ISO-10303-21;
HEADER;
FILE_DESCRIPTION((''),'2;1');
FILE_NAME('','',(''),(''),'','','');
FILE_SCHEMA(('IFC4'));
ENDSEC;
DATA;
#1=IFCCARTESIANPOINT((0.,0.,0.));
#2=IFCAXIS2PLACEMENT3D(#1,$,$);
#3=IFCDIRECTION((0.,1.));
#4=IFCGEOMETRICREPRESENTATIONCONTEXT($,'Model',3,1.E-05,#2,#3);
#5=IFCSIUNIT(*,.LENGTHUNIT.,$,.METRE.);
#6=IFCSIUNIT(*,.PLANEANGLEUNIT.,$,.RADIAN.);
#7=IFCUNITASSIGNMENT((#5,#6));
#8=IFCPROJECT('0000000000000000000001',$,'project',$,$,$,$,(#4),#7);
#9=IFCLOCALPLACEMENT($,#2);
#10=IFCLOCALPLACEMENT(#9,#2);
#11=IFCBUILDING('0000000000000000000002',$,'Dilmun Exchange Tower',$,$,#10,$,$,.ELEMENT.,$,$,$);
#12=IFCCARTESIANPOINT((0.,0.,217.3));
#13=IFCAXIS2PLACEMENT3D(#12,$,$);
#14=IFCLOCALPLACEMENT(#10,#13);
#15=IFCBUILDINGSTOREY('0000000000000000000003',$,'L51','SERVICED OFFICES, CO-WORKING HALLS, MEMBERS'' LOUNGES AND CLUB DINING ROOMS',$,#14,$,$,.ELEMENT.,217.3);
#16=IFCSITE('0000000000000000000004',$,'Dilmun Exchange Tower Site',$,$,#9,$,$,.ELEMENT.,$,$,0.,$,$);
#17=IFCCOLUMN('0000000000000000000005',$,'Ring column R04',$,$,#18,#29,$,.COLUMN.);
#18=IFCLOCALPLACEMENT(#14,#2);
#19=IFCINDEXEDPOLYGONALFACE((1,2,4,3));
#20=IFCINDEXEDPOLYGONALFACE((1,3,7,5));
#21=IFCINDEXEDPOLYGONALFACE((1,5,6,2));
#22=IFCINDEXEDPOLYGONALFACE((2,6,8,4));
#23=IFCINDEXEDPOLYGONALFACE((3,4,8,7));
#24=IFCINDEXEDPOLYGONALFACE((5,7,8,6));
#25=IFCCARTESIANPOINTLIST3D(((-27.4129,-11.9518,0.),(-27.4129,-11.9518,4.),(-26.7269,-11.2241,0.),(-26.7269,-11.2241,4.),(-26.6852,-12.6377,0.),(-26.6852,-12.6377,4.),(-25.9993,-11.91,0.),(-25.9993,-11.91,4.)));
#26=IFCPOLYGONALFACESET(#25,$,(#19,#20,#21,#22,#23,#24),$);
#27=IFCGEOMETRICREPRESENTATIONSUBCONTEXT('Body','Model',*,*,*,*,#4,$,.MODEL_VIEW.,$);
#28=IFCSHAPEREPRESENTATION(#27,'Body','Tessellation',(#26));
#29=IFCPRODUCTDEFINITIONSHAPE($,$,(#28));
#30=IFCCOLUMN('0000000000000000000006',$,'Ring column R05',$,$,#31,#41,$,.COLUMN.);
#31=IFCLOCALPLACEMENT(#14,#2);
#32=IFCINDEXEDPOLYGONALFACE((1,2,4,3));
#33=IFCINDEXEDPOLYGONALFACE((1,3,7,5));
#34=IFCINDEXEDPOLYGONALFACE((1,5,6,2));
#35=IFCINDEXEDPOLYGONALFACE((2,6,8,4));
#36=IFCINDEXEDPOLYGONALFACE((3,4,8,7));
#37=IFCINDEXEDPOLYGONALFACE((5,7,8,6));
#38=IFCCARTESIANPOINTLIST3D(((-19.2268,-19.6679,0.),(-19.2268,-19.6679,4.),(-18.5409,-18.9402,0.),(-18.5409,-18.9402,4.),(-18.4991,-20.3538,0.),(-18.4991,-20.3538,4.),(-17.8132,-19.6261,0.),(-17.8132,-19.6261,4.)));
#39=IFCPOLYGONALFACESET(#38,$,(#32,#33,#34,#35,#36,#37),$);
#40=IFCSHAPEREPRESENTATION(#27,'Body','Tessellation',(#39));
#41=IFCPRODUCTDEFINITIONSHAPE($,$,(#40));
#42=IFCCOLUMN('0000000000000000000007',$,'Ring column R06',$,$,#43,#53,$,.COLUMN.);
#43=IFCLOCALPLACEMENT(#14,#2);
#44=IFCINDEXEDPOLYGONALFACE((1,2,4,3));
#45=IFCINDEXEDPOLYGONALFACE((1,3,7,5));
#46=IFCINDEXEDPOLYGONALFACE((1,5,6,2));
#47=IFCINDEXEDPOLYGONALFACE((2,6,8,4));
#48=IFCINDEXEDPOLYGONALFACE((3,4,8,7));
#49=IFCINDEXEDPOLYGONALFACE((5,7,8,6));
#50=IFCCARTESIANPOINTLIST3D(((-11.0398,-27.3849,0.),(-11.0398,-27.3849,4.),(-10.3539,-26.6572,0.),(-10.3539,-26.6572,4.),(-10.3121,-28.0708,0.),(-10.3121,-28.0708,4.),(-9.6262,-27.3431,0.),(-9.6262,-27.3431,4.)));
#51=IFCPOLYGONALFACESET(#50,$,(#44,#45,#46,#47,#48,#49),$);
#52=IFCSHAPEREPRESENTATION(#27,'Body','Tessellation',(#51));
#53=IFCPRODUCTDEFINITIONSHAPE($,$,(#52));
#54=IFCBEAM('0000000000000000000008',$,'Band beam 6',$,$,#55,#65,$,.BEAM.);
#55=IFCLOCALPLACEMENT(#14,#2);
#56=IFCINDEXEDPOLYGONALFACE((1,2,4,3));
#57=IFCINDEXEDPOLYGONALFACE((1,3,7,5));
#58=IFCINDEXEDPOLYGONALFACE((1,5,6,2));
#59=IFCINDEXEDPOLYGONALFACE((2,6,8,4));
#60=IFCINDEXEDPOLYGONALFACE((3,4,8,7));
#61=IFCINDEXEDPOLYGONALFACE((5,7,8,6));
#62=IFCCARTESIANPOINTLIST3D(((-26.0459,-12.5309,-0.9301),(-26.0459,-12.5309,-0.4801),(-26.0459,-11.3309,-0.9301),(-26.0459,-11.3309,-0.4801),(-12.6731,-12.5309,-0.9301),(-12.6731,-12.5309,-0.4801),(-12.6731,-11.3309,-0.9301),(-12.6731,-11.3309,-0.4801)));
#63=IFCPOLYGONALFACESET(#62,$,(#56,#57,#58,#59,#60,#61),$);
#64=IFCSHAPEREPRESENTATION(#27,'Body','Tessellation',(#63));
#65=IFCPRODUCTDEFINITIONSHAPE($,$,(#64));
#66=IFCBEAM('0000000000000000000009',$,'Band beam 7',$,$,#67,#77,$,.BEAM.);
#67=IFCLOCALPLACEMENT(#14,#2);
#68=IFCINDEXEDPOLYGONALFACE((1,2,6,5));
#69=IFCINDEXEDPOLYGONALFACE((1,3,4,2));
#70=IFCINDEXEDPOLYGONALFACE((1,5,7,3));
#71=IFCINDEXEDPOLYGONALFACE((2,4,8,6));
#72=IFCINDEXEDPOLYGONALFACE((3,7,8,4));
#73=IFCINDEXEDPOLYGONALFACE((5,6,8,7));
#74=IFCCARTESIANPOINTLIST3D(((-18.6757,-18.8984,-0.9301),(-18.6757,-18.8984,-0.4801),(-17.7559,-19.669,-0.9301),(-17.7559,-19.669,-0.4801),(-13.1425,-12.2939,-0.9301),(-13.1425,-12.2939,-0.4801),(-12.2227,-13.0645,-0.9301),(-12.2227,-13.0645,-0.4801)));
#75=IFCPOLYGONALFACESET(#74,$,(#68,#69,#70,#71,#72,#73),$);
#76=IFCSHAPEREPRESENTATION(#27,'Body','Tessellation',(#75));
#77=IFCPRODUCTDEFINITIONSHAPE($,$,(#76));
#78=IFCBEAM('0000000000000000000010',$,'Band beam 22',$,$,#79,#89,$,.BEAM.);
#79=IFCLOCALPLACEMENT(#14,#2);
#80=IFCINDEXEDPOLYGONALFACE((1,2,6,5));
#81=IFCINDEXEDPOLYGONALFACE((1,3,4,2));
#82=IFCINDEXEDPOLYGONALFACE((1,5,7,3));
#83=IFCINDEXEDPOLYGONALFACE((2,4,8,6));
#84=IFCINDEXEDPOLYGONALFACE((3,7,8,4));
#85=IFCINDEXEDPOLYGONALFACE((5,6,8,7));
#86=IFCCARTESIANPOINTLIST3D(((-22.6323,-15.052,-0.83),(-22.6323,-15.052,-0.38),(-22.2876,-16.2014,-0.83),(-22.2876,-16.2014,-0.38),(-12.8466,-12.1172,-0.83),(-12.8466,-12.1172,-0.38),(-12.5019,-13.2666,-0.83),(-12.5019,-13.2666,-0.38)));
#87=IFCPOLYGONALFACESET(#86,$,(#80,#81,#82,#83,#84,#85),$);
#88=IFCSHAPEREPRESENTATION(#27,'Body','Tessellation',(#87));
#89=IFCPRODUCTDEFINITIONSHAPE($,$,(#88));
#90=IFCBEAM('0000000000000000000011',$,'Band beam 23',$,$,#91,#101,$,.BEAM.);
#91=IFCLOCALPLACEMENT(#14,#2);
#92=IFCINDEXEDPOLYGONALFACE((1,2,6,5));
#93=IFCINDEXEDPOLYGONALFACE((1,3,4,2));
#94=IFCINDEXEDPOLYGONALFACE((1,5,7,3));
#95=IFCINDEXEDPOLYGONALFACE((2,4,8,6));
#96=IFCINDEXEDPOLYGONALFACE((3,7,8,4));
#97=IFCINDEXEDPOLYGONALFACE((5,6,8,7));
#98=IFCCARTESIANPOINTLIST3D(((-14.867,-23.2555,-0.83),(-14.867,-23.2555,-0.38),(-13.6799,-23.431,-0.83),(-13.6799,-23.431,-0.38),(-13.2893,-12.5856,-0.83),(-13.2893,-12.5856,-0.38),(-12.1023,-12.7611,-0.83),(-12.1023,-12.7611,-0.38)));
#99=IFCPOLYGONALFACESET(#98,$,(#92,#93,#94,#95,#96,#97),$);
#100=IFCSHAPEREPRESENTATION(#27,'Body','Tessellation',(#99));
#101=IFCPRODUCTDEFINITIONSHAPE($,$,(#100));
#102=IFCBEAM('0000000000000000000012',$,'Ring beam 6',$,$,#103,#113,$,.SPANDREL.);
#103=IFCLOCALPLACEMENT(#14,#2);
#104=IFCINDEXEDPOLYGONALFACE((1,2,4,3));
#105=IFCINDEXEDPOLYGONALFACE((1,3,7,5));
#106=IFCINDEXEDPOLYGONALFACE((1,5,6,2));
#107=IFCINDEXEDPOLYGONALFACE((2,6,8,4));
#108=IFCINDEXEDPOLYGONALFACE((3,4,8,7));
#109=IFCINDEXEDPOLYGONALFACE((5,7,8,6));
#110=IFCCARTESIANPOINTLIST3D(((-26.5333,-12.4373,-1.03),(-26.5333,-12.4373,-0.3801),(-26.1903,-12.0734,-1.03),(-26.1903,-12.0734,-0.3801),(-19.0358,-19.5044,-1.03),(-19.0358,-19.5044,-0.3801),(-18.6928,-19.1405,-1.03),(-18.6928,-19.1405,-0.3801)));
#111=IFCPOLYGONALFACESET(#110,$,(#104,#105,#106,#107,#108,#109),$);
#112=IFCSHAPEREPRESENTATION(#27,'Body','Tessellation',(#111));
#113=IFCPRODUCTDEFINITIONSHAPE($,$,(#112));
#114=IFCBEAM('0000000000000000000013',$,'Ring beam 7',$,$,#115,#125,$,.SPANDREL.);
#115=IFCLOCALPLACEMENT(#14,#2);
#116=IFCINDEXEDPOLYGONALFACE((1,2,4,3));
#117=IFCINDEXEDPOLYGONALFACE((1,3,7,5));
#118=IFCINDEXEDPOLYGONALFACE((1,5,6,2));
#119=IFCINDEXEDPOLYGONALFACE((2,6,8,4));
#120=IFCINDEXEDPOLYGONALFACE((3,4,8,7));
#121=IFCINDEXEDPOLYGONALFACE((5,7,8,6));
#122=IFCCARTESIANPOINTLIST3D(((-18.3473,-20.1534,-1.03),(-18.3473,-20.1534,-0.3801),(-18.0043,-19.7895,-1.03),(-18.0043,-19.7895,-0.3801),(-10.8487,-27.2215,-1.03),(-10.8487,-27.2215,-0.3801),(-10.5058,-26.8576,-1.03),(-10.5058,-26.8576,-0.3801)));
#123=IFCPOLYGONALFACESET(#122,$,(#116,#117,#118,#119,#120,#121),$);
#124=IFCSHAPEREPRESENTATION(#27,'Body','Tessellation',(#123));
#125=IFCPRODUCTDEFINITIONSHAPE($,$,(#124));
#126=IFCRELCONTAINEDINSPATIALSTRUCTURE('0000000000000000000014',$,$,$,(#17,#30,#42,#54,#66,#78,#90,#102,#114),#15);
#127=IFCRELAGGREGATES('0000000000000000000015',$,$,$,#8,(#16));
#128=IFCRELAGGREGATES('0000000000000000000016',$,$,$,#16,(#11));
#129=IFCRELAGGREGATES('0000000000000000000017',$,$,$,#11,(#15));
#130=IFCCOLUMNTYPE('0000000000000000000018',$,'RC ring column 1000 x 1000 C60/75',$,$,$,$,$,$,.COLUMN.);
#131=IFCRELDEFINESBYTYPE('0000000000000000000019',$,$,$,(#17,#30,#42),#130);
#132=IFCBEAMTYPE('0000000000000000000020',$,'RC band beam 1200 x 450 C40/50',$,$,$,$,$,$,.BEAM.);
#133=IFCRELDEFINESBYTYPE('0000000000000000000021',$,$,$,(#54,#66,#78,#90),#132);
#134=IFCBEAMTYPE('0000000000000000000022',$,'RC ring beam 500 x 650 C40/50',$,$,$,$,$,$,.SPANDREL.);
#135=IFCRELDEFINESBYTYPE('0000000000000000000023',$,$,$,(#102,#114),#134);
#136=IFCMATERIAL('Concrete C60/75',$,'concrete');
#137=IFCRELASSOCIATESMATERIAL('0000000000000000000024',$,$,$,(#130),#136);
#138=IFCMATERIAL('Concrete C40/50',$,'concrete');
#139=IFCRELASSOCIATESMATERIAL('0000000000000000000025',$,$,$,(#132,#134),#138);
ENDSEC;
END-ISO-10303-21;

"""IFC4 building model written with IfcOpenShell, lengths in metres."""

from ifc_helpers import new_model, si_unit, direction, frame, origin, origin_2d, place, context, subcontext, project, spatial, rectangle, extrude, material, material_profile, profile_set, type_object, element, save


model = new_model("IFC4")

# Units and contexts
model_context = context("Model", 3, precision=1e-05, world=origin(), true_north=direction((0.0, 1.0)))
body_context = subcontext(model_context, "Body", "Model", "MODEL_VIEW")
ifc_project = project(units=[si_unit("LENGTHUNIT", "METRE"), si_unit("PLANEANGLEUNIT", "RADIAN")], contexts=[model_context])

# Site, building, storey
site_placement = place(None, origin())
site = spatial("IfcSite", under=ifc_project, at=site_placement, Name="Dilmun Exchange Tower Site", CompositionType="ELEMENT", RefElevation=0.0)
building_placement = place(site_placement, origin())
building = spatial("IfcBuilding", under=site, at=building_placement, Name="Dilmun Exchange Tower", CompositionType="ELEMENT")
storey_placement = place(building_placement, frame((0.0, 0.0, 217.3)))
storey = spatial("IfcBuildingStorey", under=building, at=storey_placement, Name="L51", Description="SERVICED OFFICES, CO-WORKING HALLS, MEMBERS' LOUNGES AND CLUB DINING ROOMS", CompositionType="ELEMENT", Elevation=217.3)

# Columns
ifc_material_1 = material(Name="Concrete C60/75", Category="concrete")
ifc_material_profile_1 = material_profile(ifc_material_1, rectangle(XDim=1.0, YDim=1.0, at=origin_2d()), Name="1000 x 1000")
ifc_profile_set_1 = profile_set([ifc_material_profile_1], Name="Concrete C60/75")
column_type = type_object("IfcColumnType", Name="RC ring column 1000 x 1000 C60/75", PredefinedType="COLUMN", material=ifc_profile_set_1)
for number, where, z_axis, x_axis, name in (
    (1, (-26.7061, -11.9309, 0.0), (0.0, 0.0, 1.0), (0.685916, 0.727681, 0.0), "Ring column R04"),
    (2, (-18.52, -19.647, 0.0), (0.0, 0.0, 1.0), (0.685916, 0.727681, 0.0), "Ring column R05"),
    (3, (-10.333, -27.364, 0.0), (0.0, 0.0, 1.0), (0.685916, 0.727681, 0.0), "Ring column R06"),
):
    element("IfcColumn", number, at=place(storey_placement, frame(where, z_axis=z_axis, x_axis=x_axis)), inside=storey, type_object=column_type, Name=name, PredefinedType="COLUMN", context=body_context, shape_type="SweptSolid", body=[
        extrude(rectangle(XDim=1.0, YDim=1.0, at=origin_2d()), origin(), (0.0, 0.0, 1.0), 4.0),
    ])

# Beams
ifc_material_2 = material(Name="Concrete C40/50", Category="concrete")
ifc_material_profile_2 = material_profile(ifc_material_2, rectangle(XDim=1.2, YDim=0.45, at=origin_2d()), Name="1200 x 450")
ifc_profile_set_2 = profile_set([ifc_material_profile_2], Name="Concrete C40/50")
beam_type_1 = type_object("IfcBeamType", Name="RC band beam 1200 x 450 C40/50", PredefinedType="BEAM", material=ifc_profile_set_2)
beam_1_placement = place(storey_placement, frame((-26.0459, -11.9309, -0.7051), z_axis=(1.0, 0.0, 0.0), x_axis=(0.0, 1.0, 0.0)))
element("IfcBeam", 4, at=beam_1_placement, inside=storey, type_object=beam_type_1, Name="Band beam 6", PredefinedType="BEAM", context=body_context, shape_type="SweptSolid", body=[
    extrude(rectangle(XDim=1.2, YDim=0.45, at=origin_2d()), origin(), (0.0, 0.0, 1.0), 13.3728),
])
beam_2_placement = place(storey_placement, frame((-18.2158, -19.2837, -0.7051), z_axis=(0.6422, 0.766537, 0.0), x_axis=(-0.766537, 0.6422, 0.0)))
element("IfcBeam", 5, at=beam_2_placement, inside=storey, type_object=beam_type_1, Name="Band beam 7", PredefinedType="BEAM", context=body_context, shape_type="SweptSolid", body=[
    extrude(rectangle(XDim=1.2, YDim=0.45, at=origin_2d()), origin(), (0.0, 0.0, 1.0), 8.616),
])
beam_3_placement = place(storey_placement, frame((-22.46, -15.6267, -0.605), z_axis=(0.95785, 0.287269, 0.0), x_axis=(-0.287269, 0.95785, 0.0)))
element("IfcBeam", 6, at=beam_3_placement, inside=storey, type_object=beam_type_1, Name="Band beam 22", PredefinedType="BEAM", context=body_context, shape_type="SweptSolid", body=[
    extrude(rectangle(XDim=1.2, YDim=0.45, at=origin_2d()), origin(), (0.0, 0.0, 1.0), 10.2163),
])
beam_4_placement = place(storey_placement, frame((-14.2734, -23.3433, -0.605), z_axis=(0.146268, 0.989245, 0.0), x_axis=(-0.989245, 0.146268, 0.0)))
element("IfcBeam", 7, at=beam_4_placement, inside=storey, type_object=beam_type_1, Name="Band beam 23", PredefinedType="BEAM", context=body_context, shape_type="SweptSolid", body=[
    extrude(rectangle(XDim=1.2, YDim=0.45, at=origin_2d()), origin(), (0.0, 0.0, 1.0), 10.7859),
])
ifc_material_profile_3 = material_profile(ifc_material_2, rectangle(XDim=0.5, YDim=0.6499, at=origin_2d()), Name="500 x 650")
ifc_profile_set_3 = profile_set([ifc_material_profile_3], Name="Concrete C40/50")
beam_type_2 = type_object("IfcBeamType", Name="RC ring beam 500 x 650 C40/50", PredefinedType="SPANDREL", material=ifc_profile_set_3)
beam_5_placement = place(storey_placement, frame((-26.3618, -12.2554, -0.7051), z_axis=(0.727686, -0.685911, 0.0), x_axis=(0.685911, 0.727686, 0.0)))
element("IfcBeam", 8, at=beam_5_placement, inside=storey, type_object=beam_type_2, Name="Ring beam 6", PredefinedType="SPANDREL", context=body_context, shape_type="SweptSolid", body=[
    extrude(rectangle(XDim=0.5, YDim=0.6499, at=origin_2d()), origin(), (0.0, 0.0, 1.0), 10.3032),
])
beam_6_placement = place(storey_placement, frame((-18.1758, -19.9714, -0.7051), z_axis=(0.727683, -0.685914, 0.0), x_axis=(0.685914, 0.727683, 0.0)))
element("IfcBeam", 9, at=beam_6_placement, inside=storey, type_object=beam_type_2, Name="Ring beam 7", PredefinedType="SPANDREL", context=body_context, shape_type="SweptSolid", body=[
    extrude(rectangle(XDim=0.5, YDim=0.6499, at=origin_2d()), origin(), (0.0, 0.0, 1.0), 10.3047),
])

save(model, "model.ifc")
